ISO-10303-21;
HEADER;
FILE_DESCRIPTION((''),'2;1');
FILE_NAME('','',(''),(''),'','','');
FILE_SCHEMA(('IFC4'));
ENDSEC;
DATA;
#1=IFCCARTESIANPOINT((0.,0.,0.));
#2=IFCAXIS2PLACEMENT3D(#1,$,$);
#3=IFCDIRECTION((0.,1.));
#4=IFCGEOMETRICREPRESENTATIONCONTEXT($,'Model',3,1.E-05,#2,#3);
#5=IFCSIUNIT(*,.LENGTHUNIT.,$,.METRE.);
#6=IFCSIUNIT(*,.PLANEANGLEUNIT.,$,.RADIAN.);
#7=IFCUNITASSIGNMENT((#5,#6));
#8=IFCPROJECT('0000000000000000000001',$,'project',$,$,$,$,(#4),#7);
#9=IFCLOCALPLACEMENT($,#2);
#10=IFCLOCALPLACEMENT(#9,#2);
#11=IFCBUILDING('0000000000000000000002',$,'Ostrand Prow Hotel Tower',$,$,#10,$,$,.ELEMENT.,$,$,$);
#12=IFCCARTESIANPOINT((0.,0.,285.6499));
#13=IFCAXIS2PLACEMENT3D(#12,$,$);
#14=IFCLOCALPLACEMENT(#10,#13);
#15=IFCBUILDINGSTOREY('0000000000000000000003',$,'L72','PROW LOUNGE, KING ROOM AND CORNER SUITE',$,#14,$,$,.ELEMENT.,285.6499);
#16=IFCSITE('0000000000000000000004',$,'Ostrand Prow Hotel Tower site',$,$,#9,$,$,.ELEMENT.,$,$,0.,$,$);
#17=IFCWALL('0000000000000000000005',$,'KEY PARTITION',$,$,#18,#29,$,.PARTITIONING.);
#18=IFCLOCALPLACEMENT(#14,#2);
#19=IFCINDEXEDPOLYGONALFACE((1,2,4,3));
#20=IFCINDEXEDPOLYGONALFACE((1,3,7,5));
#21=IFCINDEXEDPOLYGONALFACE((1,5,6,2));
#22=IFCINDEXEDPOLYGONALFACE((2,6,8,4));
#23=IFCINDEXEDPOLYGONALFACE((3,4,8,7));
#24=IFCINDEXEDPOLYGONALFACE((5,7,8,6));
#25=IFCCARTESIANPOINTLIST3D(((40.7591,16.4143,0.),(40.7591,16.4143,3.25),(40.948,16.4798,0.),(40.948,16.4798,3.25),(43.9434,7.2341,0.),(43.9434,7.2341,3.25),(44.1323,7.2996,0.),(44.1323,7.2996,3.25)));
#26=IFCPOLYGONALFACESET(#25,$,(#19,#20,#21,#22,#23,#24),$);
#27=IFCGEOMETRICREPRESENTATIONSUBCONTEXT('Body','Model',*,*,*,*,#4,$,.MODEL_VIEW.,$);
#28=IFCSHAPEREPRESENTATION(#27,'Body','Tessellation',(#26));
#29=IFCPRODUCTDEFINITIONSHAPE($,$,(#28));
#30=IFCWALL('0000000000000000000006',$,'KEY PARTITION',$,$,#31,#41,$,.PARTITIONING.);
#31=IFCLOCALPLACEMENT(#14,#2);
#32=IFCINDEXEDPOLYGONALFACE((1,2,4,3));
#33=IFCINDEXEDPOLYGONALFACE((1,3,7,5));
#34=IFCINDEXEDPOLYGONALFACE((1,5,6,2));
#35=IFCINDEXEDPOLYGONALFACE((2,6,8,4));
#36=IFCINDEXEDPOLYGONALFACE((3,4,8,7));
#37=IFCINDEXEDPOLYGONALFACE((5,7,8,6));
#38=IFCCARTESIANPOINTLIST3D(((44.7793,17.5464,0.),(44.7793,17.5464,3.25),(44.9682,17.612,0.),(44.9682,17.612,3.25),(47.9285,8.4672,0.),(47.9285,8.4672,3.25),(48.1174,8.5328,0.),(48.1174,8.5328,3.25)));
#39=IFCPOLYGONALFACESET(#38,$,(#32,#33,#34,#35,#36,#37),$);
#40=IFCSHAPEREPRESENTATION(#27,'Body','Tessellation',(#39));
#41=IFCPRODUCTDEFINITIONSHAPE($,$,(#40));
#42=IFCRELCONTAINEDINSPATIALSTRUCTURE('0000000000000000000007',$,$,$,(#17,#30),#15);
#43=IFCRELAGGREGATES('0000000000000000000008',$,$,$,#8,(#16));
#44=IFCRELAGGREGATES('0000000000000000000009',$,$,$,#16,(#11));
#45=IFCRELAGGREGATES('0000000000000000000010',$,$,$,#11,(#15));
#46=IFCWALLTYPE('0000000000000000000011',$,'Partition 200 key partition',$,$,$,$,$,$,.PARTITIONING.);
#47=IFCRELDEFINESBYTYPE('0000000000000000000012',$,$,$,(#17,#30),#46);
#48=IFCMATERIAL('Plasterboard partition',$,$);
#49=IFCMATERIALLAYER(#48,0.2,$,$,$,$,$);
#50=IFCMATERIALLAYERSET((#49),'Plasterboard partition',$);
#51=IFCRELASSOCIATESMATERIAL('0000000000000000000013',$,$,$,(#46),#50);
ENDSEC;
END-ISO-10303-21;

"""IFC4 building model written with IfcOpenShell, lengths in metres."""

from ifc_helpers import new_model, si_unit, direction, frame, frame_2d, origin, place, context, subcontext, project, spatial, rectangle, extrude, material, layer, layer_set, type_object, element, save


model = new_model("IFC4")

# Units and contexts
model_context = context("Model", 3, precision=1e-05, world=origin(), true_north=direction((0.0, 1.0)))
body_context = subcontext(model_context, "Body", "Model", "MODEL_VIEW")
ifc_project = project(units=[si_unit("LENGTHUNIT", "METRE"), si_unit("PLANEANGLEUNIT", "RADIAN")], contexts=[model_context])

# Site, building, storey
site_placement = place(None, origin())
site = spatial("IfcSite", under=ifc_project, at=site_placement, Name="Ostrand Prow Hotel Tower site", CompositionType="ELEMENT", RefElevation=0.0)
building_placement = place(site_placement, origin())
building = spatial("IfcBuilding", under=site, at=building_placement, Name="Ostrand Prow Hotel Tower", CompositionType="ELEMENT")
storey_placement = place(building_placement, frame((0.0, 0.0, 285.6499)))
storey = spatial("IfcBuildingStorey", under=building, at=storey_placement, Name="L72", Description="PROW LOUNGE, KING ROOM AND CORNER SUITE", CompositionType="ELEMENT", Elevation=285.6499)

# Walls
ifc_material_1 = material(Name="Plasterboard partition")
ifc_layer_1 = layer(ifc_material_1, 0.2)
ifc_layer_set_1 = layer_set([ifc_layer_1], Name="Plasterboard partition")
wall_type_1 = type_object("IfcWallType", Name="Partition 200 key partition", PredefinedType="PARTITIONING", material=ifc_layer_set_1)
wall_1_placement = place(storey_placement, frame((44.0378, 7.2668, 0.0), z_axis=(0.0, 0.0, 1.0), x_axis=(-0.327715, 0.944777, 0.0)))
element("IfcWall", 1, at=wall_1_placement, inside=storey, type_object=wall_type_1, Name="KEY PARTITION", PredefinedType="PARTITIONING", context=body_context, shape_type="SweptSolid", body=[
    extrude(rectangle(XDim=9.7168, YDim=0.2, at=frame_2d((4.8584, 0.0))), origin(), (0.0, 0.0, 1.0), 3.25),
])
wall_2_placement = place(storey_placement, frame((48.0229, 8.5, 0.0), z_axis=(0.0, 0.0, 1.0), x_axis=(-0.327706, 0.94478, 0.0)))
element("IfcWall", 2, at=wall_2_placement, inside=storey, type_object=wall_type_1, Name="KEY PARTITION", PredefinedType="PARTITIONING", context=body_context, shape_type="SweptSolid", body=[
    extrude(rectangle(XDim=9.6099, YDim=0.2, at=frame_2d((4.8049, 0.0))), origin(), (0.0, 0.0, 1.0), 3.25),
])

save(model, "model.ifc")
